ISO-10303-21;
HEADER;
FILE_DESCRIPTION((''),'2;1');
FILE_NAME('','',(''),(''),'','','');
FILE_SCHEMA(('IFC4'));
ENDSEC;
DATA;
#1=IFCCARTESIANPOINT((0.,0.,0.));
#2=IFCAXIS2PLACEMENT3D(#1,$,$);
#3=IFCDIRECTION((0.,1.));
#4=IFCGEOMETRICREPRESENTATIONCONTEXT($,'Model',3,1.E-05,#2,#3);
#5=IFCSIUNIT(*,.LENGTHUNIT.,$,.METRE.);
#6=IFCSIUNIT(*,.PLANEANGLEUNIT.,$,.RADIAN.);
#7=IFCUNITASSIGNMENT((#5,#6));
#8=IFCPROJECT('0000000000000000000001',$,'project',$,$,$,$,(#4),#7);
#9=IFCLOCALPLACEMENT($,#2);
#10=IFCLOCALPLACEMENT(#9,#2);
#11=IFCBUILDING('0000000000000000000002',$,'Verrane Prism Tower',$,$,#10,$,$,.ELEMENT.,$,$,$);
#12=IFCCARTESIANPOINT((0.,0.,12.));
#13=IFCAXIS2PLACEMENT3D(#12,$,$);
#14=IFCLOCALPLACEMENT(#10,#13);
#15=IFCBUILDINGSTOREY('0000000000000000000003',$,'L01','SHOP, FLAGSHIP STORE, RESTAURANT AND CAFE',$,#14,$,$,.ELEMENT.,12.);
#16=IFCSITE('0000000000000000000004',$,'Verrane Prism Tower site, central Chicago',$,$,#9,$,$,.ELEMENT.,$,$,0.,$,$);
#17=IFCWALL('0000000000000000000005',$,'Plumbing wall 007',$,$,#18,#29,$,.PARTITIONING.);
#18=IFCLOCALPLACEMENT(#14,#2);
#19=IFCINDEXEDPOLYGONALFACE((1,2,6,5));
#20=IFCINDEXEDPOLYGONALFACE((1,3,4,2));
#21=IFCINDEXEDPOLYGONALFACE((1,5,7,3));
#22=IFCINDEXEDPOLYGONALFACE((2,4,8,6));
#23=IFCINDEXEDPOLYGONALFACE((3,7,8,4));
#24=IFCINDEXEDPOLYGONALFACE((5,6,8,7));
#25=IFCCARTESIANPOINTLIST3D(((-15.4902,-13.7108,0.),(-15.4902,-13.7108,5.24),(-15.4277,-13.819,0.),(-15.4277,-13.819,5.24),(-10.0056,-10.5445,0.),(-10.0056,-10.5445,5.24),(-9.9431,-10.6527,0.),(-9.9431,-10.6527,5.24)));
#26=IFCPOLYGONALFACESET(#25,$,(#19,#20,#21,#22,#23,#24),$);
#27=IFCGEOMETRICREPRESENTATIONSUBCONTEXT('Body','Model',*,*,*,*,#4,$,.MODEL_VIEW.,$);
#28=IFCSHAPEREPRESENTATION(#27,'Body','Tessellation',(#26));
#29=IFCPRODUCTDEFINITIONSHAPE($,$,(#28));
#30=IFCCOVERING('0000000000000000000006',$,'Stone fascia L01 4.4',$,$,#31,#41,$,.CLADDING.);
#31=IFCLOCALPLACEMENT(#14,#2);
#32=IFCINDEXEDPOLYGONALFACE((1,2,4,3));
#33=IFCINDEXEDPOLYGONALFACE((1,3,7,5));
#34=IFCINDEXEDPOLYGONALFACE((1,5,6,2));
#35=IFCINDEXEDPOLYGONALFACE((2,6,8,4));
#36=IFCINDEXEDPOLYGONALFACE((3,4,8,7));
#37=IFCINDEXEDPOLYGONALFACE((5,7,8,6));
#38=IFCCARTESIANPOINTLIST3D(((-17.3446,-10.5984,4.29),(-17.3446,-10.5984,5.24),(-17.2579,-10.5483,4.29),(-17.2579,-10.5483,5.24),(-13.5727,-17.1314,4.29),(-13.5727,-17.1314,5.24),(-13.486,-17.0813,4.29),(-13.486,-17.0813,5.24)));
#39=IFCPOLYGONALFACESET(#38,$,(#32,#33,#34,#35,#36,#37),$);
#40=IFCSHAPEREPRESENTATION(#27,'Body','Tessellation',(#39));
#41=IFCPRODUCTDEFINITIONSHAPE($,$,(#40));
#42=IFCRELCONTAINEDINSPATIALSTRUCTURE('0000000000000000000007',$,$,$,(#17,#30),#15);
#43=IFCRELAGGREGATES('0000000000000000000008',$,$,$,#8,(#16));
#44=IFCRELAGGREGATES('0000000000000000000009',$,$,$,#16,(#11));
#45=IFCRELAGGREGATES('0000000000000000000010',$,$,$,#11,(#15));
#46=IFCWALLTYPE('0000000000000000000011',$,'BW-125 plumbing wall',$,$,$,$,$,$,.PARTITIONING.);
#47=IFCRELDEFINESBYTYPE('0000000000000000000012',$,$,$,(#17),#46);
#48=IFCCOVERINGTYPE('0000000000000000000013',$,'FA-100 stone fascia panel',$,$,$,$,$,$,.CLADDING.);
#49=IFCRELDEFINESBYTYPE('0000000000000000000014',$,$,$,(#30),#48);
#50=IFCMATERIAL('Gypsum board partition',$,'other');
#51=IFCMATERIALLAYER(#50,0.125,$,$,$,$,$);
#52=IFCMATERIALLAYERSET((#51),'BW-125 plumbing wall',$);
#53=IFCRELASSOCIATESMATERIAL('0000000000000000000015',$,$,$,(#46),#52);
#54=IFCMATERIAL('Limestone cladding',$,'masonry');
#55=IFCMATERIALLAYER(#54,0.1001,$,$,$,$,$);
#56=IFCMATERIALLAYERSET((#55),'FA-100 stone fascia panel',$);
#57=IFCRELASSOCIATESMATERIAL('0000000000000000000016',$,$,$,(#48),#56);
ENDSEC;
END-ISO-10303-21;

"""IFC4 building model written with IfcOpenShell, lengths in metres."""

from ifc_helpers import new_model, si_unit, direction, frame, frame_2d, origin, origin_2d, place, context, subcontext, project, spatial, rectangle, extrude, material, layer, layer_set, type_object, element, save


model = new_model("IFC4")

# Units and contexts
model_context = context("Model", 3, precision=1e-05, world=origin(), true_north=direction((0.0, 1.0)))
body_context = subcontext(model_context, "Body", "Model", "MODEL_VIEW")
ifc_project = project(units=[si_unit("LENGTHUNIT", "METRE"), si_unit("PLANEANGLEUNIT", "RADIAN")], contexts=[model_context])

# Site, building, storey
site_placement = place(None, origin())
site = spatial("IfcSite", under=ifc_project, at=site_placement, Name="Verrane Prism Tower site, central Chicago", CompositionType="ELEMENT", RefElevation=0.0)
building_placement = place(site_placement, origin())
building = spatial("IfcBuilding", under=site, at=building_placement, Name="Verrane Prism Tower", CompositionType="ELEMENT")
storey_placement = place(building_placement, frame((0.0, 0.0, 12.0)))
storey = spatial("IfcBuildingStorey", under=building, at=storey_placement, Name="L01", Description="SHOP, FLAGSHIP STORE, RESTAURANT AND CAFE", CompositionType="ELEMENT", Elevation=12.0)

# Wall
ifc_material_1 = material(Name="Gypsum board partition", Category="other")
ifc_layer_1 = layer(ifc_material_1, 0.125)
ifc_layer_set_1 = layer_set([ifc_layer_1], Name="BW-125 plumbing wall")
wall_type_1 = type_object("IfcWallType", Name="BW-125 plumbing wall", PredefinedType="PARTITIONING", material=ifc_layer_set_1)
wall_1_placement = place(storey_placement, frame((-15.459, -13.7649, 0.0), z_axis=(0.0, 0.0, 1.0), x_axis=(0.866045, 0.499966, 0.0)))
element("IfcWall", 1, at=wall_1_placement, inside=storey, type_object=wall_type_1, Name="Plumbing wall 007", PredefinedType="PARTITIONING", context=body_context, shape_type="SweptSolid", body=[
    extrude(rectangle(XDim=6.333, YDim=0.125, at=frame_2d((3.1665, 0.0))), origin(), (0.0, 0.0, 1.0), 5.24),
])

# Covering
ifc_material_2 = material(Name="Limestone cladding", Category="masonry")
ifc_layer_2 = layer(ifc_material_2, 0.1001)
ifc_layer_set_2 = layer_set([ifc_layer_2], Name="FA-100 stone fascia panel")
covering_type = type_object("IfcCoveringType", Name="FA-100 stone fascia panel", PredefinedType="CLADDING", material=ifc_layer_set_2)
covering_placement = place(storey_placement, frame((-15.4153, -13.8398, 4.29), z_axis=(0.0, 0.0, 1.0), x_axis=(0.5, -0.866025, 0.0)))
element("IfcCovering", 2, at=covering_placement, inside=storey, type_object=covering_type, Name="Stone fascia L01 4.4", PredefinedType="CLADDING", context=body_context, shape_type="SweptSolid", body=[
    extrude(rectangle(XDim=7.5437, YDim=0.1001, at=origin_2d()), origin(), (0.0, 0.0, 1.0), 0.95),
])

save(model, "model.ifc")
